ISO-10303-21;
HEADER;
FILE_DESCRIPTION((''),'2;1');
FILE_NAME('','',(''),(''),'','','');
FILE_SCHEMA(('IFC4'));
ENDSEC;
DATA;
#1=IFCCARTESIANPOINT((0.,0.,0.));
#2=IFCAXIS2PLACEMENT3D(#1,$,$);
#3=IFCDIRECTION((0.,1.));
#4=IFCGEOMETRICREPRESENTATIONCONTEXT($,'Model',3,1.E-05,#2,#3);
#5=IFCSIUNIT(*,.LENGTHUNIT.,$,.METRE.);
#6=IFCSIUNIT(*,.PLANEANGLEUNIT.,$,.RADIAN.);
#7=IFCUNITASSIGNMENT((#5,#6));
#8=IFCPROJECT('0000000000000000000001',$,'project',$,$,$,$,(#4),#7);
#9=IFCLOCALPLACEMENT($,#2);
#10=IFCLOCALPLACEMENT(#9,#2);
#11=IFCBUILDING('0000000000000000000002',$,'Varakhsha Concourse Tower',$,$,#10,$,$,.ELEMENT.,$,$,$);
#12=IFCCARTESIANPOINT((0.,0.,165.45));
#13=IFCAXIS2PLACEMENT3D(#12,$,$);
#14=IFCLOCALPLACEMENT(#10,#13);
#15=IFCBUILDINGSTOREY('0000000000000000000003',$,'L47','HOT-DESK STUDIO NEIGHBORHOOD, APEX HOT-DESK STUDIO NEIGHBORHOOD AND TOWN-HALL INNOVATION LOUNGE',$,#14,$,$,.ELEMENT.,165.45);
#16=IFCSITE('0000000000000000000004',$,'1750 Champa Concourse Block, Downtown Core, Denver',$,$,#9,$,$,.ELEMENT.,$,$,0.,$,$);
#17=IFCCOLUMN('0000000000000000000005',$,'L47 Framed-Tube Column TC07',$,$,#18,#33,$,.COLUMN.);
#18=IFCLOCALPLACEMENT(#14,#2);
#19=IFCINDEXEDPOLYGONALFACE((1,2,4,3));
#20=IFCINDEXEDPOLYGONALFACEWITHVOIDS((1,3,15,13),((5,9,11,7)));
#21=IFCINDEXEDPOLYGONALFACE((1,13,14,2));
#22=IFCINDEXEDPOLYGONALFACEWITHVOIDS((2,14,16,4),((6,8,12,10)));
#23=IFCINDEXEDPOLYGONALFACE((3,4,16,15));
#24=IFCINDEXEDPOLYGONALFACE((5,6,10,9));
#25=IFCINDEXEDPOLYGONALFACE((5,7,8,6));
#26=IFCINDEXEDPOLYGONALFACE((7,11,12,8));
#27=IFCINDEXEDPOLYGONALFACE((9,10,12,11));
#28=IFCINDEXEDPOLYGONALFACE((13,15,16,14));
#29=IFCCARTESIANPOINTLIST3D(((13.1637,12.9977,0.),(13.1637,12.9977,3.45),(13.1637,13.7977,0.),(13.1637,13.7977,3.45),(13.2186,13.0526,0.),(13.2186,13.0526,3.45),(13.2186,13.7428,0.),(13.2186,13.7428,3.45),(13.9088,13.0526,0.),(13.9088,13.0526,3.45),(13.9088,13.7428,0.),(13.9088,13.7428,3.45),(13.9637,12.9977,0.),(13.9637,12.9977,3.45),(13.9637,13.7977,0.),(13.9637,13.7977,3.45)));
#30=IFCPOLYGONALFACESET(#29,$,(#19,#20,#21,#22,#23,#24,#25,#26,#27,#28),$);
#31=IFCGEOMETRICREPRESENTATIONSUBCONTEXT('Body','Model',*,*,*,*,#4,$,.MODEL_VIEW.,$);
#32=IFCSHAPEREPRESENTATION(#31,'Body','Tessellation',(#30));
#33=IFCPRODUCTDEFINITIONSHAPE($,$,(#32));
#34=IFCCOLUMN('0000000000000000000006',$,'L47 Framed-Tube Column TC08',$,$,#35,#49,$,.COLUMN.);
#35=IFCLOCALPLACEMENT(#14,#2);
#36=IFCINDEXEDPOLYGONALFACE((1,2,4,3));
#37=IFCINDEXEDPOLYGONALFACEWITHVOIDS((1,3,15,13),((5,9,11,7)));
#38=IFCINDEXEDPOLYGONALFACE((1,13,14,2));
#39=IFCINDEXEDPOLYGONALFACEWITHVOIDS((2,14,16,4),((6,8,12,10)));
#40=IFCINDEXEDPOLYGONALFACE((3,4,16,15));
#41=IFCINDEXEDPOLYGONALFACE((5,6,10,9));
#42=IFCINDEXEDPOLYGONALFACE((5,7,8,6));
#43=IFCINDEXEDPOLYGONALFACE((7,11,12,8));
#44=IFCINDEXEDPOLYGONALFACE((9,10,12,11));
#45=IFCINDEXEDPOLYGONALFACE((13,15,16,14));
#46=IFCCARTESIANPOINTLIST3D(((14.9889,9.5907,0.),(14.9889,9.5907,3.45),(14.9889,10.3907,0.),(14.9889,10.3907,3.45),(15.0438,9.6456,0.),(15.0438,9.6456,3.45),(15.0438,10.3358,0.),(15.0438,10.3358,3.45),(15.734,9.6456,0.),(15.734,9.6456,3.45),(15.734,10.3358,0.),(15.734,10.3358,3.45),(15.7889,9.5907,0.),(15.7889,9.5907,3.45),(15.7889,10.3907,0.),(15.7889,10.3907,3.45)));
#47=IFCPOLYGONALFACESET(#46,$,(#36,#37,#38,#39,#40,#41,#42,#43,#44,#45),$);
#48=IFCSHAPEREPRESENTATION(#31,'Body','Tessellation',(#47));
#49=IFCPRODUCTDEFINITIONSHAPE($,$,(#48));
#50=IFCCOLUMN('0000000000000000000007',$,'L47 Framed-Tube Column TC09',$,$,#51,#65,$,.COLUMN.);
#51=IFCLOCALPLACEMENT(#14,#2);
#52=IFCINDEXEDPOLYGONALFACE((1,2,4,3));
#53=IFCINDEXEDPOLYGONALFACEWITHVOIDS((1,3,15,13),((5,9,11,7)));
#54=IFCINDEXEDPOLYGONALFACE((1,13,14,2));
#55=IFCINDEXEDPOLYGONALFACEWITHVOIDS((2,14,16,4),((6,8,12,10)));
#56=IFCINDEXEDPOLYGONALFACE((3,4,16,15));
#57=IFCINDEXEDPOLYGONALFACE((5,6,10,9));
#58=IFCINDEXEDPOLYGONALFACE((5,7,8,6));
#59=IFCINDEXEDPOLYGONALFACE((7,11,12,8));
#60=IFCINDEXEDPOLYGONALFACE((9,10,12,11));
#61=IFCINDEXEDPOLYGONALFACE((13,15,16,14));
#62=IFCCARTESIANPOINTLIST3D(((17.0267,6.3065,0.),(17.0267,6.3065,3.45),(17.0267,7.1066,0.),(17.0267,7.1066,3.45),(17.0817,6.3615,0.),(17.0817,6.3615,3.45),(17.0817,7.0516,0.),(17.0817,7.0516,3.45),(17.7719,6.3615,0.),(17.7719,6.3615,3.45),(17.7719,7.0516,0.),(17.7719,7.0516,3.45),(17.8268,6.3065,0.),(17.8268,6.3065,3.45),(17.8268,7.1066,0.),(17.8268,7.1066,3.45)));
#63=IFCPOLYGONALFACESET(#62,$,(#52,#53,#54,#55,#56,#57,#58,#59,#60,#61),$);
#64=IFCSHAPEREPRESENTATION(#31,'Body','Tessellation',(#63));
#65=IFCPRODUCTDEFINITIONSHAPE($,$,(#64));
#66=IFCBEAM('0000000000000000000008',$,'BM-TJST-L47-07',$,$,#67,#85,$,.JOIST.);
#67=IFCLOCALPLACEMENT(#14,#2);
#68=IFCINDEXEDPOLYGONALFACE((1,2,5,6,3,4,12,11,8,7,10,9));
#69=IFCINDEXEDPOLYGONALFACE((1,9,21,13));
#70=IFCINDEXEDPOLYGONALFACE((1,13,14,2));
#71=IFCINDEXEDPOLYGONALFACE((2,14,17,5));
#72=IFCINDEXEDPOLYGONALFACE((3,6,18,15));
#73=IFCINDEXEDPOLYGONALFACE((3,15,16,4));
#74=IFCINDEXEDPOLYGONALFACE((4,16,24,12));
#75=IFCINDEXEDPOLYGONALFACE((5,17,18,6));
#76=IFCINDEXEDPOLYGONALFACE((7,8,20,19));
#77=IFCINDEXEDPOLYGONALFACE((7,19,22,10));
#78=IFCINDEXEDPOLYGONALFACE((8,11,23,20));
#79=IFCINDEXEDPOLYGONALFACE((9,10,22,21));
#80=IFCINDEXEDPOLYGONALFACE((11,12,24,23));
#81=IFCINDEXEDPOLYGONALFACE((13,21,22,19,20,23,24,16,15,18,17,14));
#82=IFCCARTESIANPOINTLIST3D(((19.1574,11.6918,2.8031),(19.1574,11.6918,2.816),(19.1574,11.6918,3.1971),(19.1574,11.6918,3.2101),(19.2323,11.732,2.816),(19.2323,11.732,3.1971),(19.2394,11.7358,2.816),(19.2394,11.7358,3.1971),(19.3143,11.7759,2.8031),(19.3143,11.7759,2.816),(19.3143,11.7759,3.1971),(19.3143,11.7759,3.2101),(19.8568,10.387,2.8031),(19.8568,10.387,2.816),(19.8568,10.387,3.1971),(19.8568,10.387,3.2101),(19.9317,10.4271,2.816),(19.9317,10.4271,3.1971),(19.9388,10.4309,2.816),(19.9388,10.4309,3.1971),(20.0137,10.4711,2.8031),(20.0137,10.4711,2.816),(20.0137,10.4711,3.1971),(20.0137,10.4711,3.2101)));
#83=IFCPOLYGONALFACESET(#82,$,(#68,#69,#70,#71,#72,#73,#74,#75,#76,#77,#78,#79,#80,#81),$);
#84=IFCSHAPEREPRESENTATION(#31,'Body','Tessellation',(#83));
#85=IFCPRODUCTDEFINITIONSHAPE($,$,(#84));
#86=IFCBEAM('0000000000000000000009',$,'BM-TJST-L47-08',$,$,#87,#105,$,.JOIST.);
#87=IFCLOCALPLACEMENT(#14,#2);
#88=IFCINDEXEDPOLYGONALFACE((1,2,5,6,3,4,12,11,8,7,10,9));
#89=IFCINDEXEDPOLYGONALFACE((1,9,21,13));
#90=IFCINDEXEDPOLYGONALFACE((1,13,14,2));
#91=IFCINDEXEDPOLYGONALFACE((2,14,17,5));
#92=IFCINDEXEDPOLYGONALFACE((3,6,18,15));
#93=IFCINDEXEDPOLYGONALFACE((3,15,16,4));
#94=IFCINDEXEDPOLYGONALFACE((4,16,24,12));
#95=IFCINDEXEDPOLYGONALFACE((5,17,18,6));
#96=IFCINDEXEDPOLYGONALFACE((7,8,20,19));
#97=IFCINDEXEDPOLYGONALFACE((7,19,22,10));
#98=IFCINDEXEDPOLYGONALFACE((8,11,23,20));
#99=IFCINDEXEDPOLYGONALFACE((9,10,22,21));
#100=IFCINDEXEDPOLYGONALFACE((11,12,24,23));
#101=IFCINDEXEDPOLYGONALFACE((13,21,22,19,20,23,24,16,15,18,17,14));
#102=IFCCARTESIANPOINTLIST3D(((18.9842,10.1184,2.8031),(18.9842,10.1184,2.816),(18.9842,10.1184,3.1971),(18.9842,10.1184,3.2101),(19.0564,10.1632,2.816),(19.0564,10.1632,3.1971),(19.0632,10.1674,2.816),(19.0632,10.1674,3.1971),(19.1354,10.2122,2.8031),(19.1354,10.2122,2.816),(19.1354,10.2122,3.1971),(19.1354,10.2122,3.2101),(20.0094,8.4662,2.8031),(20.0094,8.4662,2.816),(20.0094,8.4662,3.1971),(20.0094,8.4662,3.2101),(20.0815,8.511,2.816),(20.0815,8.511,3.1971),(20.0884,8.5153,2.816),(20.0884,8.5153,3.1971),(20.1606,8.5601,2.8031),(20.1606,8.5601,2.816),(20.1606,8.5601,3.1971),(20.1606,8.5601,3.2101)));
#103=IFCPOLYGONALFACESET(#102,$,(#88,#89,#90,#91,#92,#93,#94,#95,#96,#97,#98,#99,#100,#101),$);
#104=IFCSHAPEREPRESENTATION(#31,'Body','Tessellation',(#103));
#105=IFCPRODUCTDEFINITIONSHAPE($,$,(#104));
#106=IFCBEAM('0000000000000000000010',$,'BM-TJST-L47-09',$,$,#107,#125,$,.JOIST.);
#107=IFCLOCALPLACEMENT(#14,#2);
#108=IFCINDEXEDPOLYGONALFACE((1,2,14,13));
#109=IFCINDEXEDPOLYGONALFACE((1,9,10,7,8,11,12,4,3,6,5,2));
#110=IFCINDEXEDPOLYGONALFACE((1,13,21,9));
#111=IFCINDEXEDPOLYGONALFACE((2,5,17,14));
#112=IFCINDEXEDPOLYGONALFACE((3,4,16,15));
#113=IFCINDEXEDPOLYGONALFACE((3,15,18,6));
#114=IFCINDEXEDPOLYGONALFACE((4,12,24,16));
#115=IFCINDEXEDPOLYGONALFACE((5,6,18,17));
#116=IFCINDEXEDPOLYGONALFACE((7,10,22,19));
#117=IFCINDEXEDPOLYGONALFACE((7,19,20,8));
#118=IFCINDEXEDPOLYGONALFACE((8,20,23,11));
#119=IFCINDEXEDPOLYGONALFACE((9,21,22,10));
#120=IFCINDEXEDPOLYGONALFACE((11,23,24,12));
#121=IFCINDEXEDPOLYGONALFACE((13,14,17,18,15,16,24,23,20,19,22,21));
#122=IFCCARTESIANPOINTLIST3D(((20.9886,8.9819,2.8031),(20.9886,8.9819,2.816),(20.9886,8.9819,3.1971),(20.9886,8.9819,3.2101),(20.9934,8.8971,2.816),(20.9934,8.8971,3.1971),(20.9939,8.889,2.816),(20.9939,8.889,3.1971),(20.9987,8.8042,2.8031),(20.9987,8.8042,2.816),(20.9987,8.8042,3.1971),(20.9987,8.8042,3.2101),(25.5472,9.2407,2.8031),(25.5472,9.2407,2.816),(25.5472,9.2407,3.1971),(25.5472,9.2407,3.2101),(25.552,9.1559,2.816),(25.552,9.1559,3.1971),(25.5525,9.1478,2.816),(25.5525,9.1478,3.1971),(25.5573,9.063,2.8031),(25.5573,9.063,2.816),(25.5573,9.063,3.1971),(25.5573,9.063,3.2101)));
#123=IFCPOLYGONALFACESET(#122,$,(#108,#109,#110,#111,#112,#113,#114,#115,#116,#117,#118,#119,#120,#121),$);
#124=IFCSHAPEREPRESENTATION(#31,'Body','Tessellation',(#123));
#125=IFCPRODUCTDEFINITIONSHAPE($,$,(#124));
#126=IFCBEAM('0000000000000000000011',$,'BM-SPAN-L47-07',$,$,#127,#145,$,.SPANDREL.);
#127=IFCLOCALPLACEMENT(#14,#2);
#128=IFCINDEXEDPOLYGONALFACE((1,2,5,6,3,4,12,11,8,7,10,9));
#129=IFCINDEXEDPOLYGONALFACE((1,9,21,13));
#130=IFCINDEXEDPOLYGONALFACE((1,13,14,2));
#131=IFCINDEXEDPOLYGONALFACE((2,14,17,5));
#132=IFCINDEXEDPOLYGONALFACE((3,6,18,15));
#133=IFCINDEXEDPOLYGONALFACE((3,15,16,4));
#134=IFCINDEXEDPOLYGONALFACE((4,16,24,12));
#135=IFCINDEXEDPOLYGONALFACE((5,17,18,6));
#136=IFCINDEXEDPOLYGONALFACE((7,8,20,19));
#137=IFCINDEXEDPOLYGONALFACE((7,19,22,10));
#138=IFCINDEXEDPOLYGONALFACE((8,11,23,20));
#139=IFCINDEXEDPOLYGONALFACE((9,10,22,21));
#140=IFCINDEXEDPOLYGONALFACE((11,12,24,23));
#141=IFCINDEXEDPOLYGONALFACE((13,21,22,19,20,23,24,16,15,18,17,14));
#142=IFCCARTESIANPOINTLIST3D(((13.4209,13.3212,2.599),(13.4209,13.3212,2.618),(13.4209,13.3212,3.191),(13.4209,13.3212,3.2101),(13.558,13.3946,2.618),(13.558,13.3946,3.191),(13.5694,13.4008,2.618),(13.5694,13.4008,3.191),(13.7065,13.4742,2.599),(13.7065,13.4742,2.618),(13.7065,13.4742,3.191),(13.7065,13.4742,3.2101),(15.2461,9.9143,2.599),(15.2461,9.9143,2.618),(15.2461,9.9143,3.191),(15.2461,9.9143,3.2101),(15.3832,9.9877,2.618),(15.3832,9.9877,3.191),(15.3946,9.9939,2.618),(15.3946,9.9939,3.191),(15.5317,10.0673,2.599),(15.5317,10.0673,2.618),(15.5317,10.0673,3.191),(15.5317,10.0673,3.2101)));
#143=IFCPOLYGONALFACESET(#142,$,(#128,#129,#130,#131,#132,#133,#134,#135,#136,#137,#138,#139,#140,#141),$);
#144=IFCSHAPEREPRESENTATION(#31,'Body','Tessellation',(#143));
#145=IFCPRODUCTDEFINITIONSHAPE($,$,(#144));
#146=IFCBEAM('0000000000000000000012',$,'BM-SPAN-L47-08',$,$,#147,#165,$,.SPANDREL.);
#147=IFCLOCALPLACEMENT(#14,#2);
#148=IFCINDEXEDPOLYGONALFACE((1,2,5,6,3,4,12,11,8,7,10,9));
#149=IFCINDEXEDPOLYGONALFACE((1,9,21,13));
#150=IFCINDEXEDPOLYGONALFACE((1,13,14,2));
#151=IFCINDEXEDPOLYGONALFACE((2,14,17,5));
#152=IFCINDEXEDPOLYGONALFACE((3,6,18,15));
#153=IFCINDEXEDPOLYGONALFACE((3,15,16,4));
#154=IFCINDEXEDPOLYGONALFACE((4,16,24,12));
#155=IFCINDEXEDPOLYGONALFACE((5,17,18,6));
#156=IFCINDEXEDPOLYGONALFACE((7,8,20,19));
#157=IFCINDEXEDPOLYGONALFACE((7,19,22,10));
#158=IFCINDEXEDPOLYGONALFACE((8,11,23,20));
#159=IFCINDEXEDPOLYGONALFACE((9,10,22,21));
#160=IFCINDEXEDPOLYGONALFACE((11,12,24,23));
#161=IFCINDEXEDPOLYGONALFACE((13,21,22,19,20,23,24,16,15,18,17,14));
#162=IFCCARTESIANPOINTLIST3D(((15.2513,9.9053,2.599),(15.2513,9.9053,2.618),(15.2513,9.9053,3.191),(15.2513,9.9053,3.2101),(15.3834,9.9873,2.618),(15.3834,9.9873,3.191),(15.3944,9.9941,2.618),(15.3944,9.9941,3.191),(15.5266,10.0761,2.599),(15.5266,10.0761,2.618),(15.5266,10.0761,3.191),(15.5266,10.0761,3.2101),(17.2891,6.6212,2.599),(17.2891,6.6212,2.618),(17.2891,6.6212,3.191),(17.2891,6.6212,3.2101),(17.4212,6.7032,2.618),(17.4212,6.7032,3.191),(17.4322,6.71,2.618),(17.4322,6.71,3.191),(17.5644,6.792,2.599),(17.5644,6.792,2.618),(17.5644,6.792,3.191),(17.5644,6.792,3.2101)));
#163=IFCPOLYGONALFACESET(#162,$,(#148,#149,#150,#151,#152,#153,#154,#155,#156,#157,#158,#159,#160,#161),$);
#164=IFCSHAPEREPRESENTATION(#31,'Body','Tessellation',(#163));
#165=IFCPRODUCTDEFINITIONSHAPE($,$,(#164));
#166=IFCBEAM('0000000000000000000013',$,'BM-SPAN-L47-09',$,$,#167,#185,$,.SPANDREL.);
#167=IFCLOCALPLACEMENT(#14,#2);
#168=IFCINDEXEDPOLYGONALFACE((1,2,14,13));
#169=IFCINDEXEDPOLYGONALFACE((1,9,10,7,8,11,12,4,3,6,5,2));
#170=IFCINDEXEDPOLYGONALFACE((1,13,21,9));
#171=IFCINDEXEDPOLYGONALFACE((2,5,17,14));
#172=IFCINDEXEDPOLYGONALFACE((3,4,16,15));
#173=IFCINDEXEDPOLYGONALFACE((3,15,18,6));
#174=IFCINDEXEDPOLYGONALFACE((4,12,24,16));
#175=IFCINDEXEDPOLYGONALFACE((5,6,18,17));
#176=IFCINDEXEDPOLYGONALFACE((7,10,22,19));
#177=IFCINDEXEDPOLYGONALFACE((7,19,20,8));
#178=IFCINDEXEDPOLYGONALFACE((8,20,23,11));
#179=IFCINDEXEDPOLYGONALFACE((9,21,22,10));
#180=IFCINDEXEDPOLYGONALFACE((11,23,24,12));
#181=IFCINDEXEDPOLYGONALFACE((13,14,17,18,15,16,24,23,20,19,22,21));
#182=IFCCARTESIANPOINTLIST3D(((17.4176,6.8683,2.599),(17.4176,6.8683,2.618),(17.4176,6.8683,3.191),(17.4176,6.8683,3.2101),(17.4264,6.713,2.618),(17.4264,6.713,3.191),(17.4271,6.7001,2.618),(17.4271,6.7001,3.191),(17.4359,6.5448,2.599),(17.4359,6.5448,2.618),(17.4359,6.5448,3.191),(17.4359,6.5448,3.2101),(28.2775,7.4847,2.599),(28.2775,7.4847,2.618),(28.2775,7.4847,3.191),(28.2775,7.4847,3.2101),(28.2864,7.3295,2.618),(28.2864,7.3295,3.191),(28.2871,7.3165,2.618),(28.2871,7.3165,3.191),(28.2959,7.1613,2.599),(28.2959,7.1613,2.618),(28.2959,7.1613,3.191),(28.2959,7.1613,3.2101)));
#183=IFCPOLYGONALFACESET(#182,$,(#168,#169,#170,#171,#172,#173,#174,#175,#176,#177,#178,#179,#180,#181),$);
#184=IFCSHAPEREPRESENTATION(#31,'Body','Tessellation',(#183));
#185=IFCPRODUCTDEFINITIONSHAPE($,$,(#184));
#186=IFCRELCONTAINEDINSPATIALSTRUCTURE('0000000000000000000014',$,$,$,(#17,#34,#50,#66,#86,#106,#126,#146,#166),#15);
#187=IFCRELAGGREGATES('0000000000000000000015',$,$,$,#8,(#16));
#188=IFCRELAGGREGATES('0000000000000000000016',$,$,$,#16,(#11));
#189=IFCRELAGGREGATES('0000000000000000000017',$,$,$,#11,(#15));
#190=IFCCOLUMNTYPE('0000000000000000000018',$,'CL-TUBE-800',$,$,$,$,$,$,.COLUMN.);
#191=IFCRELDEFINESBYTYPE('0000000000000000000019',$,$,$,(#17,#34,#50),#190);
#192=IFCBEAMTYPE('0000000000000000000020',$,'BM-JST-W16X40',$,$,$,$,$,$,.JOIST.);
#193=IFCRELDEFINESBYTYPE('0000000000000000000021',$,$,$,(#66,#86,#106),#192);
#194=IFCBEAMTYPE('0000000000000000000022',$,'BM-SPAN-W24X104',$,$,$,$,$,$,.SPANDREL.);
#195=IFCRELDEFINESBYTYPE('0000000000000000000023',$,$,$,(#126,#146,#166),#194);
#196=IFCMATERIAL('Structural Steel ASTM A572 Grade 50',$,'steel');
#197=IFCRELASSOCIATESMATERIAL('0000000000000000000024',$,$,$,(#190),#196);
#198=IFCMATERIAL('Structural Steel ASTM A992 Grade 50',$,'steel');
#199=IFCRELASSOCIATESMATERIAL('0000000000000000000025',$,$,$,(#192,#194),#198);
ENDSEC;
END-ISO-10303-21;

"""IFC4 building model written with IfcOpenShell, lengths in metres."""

from ifc_helpers import new_model, si_unit, direction, frame, origin, origin_2d, place, context, subcontext, project, spatial, hollow_rectangle, i_section, extrude, material, material_profile, profile_set, type_object, element, save


model = new_model("IFC4")

# Units and contexts
model_context = context("Model", 3, precision=1e-05, world=origin(), true_north=direction((0.0, 1.0)))
body_context = subcontext(model_context, "Body", "Model", "MODEL_VIEW")
ifc_project = project(units=[si_unit("LENGTHUNIT", "METRE"), si_unit("PLANEANGLEUNIT", "RADIAN")], contexts=[model_context])

# Site, building, storey
site_placement = place(None, origin())
site = spatial("IfcSite", under=ifc_project, at=site_placement, Name="1750 Champa Concourse Block, Downtown Core, Denver", CompositionType="ELEMENT", RefElevation=0.0)
building_placement = place(site_placement, origin())
building = spatial("IfcBuilding", under=site, at=building_placement, Name="Varakhsha Concourse Tower", CompositionType="ELEMENT")
storey_placement = place(building_placement, frame((0.0, 0.0, 165.45)))
storey = spatial("IfcBuildingStorey", under=building, at=storey_placement, Name="L47", Description="HOT-DESK STUDIO NEIGHBORHOOD, APEX HOT-DESK STUDIO NEIGHBORHOOD AND TOWN-HALL INNOVATION LOUNGE", CompositionType="ELEMENT", Elevation=165.45)

# Columns
ifc_material_1 = material(Name="Structural Steel ASTM A572 Grade 50", Category="steel")
ifc_material_profile_1 = material_profile(ifc_material_1, hollow_rectangle(XDim=0.8, YDim=0.8, WallThickness=0.0549, at=origin_2d()), Name="BOX 800x800x55")
ifc_profile_set_1 = profile_set([ifc_material_profile_1], Name="Structural Steel ASTM A572 Grade 50")
column_type = type_object("IfcColumnType", Name="CL-TUBE-800", PredefinedType="COLUMN", material=ifc_profile_set_1)
for number, where, z_axis, x_axis, name in (
    (1, (13.5637, 13.3977, 0.0), (0.0, 0.0, 1.0), (1.0, 0.0, 0.0), "L47 Framed-Tube Column TC07"),
    (2, (15.3889, 9.9907, 0.0), (0.0, 0.0, 1.0), (1.0, 0.0, 0.0), "L47 Framed-Tube Column TC08"),
    (3, (17.4268, 6.7065, 0.0), (0.0, 0.0, 1.0), (1.0, 0.0, 0.0), "L47 Framed-Tube Column TC09"),
):
    element("IfcColumn", number, at=place(storey_placement, frame(where, z_axis=z_axis, x_axis=x_axis)), inside=storey, type_object=column_type, Name=name, PredefinedType="COLUMN", context=body_context, shape_type="SweptSolid", body=[
        extrude(hollow_rectangle(XDim=0.8, YDim=0.8, WallThickness=0.0549, at=origin_2d()), origin(), (0.0, 0.0, 1.0), 3.45),
    ])

# Beams
ifc_material_2 = material(Name="Structural Steel ASTM A992 Grade 50", Category="steel")
ifc_material_profile_2 = material_profile(ifc_material_2, i_section(OverallWidth=0.178, OverallDepth=0.407, WebThickness=0.0081, FlangeThickness=0.0129, at=origin_2d()), Name="W16X40")
ifc_profile_set_2 = profile_set([ifc_material_profile_2], Name="Structural Steel ASTM A992 Grade 50")
beam_type_1 = type_object("IfcBeamType", Name="BM-JST-W16X40", PredefinedType="JOIST", material=ifc_profile_set_2)
beam_1_placement = place(storey_placement, frame((19.2358, 11.7339, 3.0066), z_axis=(0.472427, -0.88137, 0.0), x_axis=(0.88137, 0.472427, 0.0)))
element("IfcBeam", 4, at=beam_1_placement, inside=storey, type_object=beam_type_1, Name="BM-TJST-L47-07", PredefinedType="JOIST", context=body_context, shape_type="SweptSolid", body=[
    extrude(i_section(OverallWidth=0.178, OverallDepth=0.407, WebThickness=0.0081, FlangeThickness=0.0129, at=origin_2d()), origin(), (0.0, 0.0, 1.0), 1.4805),
])
beam_2_placement = place(storey_placement, frame((19.0598, 10.1653, 3.0066), z_axis=(0.527253, -0.849708, 0.0), x_axis=(0.849708, 0.527253, 0.0)))
element("IfcBeam", 5, at=beam_2_placement, inside=storey, type_object=beam_type_1, Name="BM-TJST-L47-08", PredefinedType="JOIST", context=body_context, shape_type="SweptSolid", body=[
    extrude(i_section(OverallWidth=0.178, OverallDepth=0.407, WebThickness=0.0081, FlangeThickness=0.0129, at=origin_2d()), origin(), (0.0, 0.0, 1.0), 1.9443),
])
beam_3_placement = place(storey_placement, frame((20.9937, 8.8931, 3.0066), z_axis=(0.998392, 0.056678, 0.0), x_axis=(-0.056678, 0.998392, 0.0)))
element("IfcBeam", 6, at=beam_3_placement, inside=storey, type_object=beam_type_1, Name="BM-TJST-L47-09", PredefinedType="JOIST", context=body_context, shape_type="SweptSolid", body=[
    extrude(i_section(OverallWidth=0.178, OverallDepth=0.407, WebThickness=0.0081, FlangeThickness=0.0129, at=origin_2d()), origin(), (0.0, 0.0, 1.0), 4.5659),
])
ifc_material_profile_3 = material_profile(ifc_material_2, i_section(OverallWidth=0.324, OverallDepth=0.6111, WebThickness=0.0129, FlangeThickness=0.019, at=origin_2d()), Name="W24X104")
ifc_profile_set_3 = profile_set([ifc_material_profile_3], Name="Structural Steel ASTM A992 Grade 50")
beam_type_2 = type_object("IfcBeamType", Name="BM-SPAN-W24X104", PredefinedType="SPANDREL", material=ifc_profile_set_3)
for number, where, z_axis, x_axis, name in (
    (7, (13.5637, 13.3977, 2.9045), (0.472227, -0.881477, 0.0), (0.881477, 0.472227, 0.0), "BM-SPAN-L47-07"),
    (8, (15.3889, 9.9907, 2.9045), (0.527248, -0.849711, 0.0), (0.849711, 0.527248, 0.0), "BM-SPAN-L47-08"),
):
    element("IfcBeam", number, at=place(storey_placement, frame(where, z_axis=z_axis, x_axis=x_axis)), inside=storey, type_object=beam_type_2, Name=name, PredefinedType="SPANDREL", context=body_context, shape_type="SweptSolid", body=[
        extrude(i_section(OverallWidth=0.324, OverallDepth=0.6111, WebThickness=0.0129, FlangeThickness=0.019, at=origin_2d()), origin(), (0.0, 0.0, 1.0), 3.865),
    ])
beam_4_placement = place(storey_placement, frame((17.4268, 6.7065, 2.9045), z_axis=(0.998393, 0.056673, 0.0), x_axis=(-0.056673, 0.998393, 0.0)))
element("IfcBeam", 9, at=beam_4_placement, inside=storey, type_object=beam_type_2, Name="BM-SPAN-L47-09", PredefinedType="SPANDREL", context=body_context, shape_type="SweptSolid", body=[
    extrude(i_section(OverallWidth=0.324, OverallDepth=0.6111, WebThickness=0.0129, FlangeThickness=0.019, at=origin_2d()), origin(), (0.0, 0.0, 1.0), 10.8774),
])

save(model, "model.ifc")
